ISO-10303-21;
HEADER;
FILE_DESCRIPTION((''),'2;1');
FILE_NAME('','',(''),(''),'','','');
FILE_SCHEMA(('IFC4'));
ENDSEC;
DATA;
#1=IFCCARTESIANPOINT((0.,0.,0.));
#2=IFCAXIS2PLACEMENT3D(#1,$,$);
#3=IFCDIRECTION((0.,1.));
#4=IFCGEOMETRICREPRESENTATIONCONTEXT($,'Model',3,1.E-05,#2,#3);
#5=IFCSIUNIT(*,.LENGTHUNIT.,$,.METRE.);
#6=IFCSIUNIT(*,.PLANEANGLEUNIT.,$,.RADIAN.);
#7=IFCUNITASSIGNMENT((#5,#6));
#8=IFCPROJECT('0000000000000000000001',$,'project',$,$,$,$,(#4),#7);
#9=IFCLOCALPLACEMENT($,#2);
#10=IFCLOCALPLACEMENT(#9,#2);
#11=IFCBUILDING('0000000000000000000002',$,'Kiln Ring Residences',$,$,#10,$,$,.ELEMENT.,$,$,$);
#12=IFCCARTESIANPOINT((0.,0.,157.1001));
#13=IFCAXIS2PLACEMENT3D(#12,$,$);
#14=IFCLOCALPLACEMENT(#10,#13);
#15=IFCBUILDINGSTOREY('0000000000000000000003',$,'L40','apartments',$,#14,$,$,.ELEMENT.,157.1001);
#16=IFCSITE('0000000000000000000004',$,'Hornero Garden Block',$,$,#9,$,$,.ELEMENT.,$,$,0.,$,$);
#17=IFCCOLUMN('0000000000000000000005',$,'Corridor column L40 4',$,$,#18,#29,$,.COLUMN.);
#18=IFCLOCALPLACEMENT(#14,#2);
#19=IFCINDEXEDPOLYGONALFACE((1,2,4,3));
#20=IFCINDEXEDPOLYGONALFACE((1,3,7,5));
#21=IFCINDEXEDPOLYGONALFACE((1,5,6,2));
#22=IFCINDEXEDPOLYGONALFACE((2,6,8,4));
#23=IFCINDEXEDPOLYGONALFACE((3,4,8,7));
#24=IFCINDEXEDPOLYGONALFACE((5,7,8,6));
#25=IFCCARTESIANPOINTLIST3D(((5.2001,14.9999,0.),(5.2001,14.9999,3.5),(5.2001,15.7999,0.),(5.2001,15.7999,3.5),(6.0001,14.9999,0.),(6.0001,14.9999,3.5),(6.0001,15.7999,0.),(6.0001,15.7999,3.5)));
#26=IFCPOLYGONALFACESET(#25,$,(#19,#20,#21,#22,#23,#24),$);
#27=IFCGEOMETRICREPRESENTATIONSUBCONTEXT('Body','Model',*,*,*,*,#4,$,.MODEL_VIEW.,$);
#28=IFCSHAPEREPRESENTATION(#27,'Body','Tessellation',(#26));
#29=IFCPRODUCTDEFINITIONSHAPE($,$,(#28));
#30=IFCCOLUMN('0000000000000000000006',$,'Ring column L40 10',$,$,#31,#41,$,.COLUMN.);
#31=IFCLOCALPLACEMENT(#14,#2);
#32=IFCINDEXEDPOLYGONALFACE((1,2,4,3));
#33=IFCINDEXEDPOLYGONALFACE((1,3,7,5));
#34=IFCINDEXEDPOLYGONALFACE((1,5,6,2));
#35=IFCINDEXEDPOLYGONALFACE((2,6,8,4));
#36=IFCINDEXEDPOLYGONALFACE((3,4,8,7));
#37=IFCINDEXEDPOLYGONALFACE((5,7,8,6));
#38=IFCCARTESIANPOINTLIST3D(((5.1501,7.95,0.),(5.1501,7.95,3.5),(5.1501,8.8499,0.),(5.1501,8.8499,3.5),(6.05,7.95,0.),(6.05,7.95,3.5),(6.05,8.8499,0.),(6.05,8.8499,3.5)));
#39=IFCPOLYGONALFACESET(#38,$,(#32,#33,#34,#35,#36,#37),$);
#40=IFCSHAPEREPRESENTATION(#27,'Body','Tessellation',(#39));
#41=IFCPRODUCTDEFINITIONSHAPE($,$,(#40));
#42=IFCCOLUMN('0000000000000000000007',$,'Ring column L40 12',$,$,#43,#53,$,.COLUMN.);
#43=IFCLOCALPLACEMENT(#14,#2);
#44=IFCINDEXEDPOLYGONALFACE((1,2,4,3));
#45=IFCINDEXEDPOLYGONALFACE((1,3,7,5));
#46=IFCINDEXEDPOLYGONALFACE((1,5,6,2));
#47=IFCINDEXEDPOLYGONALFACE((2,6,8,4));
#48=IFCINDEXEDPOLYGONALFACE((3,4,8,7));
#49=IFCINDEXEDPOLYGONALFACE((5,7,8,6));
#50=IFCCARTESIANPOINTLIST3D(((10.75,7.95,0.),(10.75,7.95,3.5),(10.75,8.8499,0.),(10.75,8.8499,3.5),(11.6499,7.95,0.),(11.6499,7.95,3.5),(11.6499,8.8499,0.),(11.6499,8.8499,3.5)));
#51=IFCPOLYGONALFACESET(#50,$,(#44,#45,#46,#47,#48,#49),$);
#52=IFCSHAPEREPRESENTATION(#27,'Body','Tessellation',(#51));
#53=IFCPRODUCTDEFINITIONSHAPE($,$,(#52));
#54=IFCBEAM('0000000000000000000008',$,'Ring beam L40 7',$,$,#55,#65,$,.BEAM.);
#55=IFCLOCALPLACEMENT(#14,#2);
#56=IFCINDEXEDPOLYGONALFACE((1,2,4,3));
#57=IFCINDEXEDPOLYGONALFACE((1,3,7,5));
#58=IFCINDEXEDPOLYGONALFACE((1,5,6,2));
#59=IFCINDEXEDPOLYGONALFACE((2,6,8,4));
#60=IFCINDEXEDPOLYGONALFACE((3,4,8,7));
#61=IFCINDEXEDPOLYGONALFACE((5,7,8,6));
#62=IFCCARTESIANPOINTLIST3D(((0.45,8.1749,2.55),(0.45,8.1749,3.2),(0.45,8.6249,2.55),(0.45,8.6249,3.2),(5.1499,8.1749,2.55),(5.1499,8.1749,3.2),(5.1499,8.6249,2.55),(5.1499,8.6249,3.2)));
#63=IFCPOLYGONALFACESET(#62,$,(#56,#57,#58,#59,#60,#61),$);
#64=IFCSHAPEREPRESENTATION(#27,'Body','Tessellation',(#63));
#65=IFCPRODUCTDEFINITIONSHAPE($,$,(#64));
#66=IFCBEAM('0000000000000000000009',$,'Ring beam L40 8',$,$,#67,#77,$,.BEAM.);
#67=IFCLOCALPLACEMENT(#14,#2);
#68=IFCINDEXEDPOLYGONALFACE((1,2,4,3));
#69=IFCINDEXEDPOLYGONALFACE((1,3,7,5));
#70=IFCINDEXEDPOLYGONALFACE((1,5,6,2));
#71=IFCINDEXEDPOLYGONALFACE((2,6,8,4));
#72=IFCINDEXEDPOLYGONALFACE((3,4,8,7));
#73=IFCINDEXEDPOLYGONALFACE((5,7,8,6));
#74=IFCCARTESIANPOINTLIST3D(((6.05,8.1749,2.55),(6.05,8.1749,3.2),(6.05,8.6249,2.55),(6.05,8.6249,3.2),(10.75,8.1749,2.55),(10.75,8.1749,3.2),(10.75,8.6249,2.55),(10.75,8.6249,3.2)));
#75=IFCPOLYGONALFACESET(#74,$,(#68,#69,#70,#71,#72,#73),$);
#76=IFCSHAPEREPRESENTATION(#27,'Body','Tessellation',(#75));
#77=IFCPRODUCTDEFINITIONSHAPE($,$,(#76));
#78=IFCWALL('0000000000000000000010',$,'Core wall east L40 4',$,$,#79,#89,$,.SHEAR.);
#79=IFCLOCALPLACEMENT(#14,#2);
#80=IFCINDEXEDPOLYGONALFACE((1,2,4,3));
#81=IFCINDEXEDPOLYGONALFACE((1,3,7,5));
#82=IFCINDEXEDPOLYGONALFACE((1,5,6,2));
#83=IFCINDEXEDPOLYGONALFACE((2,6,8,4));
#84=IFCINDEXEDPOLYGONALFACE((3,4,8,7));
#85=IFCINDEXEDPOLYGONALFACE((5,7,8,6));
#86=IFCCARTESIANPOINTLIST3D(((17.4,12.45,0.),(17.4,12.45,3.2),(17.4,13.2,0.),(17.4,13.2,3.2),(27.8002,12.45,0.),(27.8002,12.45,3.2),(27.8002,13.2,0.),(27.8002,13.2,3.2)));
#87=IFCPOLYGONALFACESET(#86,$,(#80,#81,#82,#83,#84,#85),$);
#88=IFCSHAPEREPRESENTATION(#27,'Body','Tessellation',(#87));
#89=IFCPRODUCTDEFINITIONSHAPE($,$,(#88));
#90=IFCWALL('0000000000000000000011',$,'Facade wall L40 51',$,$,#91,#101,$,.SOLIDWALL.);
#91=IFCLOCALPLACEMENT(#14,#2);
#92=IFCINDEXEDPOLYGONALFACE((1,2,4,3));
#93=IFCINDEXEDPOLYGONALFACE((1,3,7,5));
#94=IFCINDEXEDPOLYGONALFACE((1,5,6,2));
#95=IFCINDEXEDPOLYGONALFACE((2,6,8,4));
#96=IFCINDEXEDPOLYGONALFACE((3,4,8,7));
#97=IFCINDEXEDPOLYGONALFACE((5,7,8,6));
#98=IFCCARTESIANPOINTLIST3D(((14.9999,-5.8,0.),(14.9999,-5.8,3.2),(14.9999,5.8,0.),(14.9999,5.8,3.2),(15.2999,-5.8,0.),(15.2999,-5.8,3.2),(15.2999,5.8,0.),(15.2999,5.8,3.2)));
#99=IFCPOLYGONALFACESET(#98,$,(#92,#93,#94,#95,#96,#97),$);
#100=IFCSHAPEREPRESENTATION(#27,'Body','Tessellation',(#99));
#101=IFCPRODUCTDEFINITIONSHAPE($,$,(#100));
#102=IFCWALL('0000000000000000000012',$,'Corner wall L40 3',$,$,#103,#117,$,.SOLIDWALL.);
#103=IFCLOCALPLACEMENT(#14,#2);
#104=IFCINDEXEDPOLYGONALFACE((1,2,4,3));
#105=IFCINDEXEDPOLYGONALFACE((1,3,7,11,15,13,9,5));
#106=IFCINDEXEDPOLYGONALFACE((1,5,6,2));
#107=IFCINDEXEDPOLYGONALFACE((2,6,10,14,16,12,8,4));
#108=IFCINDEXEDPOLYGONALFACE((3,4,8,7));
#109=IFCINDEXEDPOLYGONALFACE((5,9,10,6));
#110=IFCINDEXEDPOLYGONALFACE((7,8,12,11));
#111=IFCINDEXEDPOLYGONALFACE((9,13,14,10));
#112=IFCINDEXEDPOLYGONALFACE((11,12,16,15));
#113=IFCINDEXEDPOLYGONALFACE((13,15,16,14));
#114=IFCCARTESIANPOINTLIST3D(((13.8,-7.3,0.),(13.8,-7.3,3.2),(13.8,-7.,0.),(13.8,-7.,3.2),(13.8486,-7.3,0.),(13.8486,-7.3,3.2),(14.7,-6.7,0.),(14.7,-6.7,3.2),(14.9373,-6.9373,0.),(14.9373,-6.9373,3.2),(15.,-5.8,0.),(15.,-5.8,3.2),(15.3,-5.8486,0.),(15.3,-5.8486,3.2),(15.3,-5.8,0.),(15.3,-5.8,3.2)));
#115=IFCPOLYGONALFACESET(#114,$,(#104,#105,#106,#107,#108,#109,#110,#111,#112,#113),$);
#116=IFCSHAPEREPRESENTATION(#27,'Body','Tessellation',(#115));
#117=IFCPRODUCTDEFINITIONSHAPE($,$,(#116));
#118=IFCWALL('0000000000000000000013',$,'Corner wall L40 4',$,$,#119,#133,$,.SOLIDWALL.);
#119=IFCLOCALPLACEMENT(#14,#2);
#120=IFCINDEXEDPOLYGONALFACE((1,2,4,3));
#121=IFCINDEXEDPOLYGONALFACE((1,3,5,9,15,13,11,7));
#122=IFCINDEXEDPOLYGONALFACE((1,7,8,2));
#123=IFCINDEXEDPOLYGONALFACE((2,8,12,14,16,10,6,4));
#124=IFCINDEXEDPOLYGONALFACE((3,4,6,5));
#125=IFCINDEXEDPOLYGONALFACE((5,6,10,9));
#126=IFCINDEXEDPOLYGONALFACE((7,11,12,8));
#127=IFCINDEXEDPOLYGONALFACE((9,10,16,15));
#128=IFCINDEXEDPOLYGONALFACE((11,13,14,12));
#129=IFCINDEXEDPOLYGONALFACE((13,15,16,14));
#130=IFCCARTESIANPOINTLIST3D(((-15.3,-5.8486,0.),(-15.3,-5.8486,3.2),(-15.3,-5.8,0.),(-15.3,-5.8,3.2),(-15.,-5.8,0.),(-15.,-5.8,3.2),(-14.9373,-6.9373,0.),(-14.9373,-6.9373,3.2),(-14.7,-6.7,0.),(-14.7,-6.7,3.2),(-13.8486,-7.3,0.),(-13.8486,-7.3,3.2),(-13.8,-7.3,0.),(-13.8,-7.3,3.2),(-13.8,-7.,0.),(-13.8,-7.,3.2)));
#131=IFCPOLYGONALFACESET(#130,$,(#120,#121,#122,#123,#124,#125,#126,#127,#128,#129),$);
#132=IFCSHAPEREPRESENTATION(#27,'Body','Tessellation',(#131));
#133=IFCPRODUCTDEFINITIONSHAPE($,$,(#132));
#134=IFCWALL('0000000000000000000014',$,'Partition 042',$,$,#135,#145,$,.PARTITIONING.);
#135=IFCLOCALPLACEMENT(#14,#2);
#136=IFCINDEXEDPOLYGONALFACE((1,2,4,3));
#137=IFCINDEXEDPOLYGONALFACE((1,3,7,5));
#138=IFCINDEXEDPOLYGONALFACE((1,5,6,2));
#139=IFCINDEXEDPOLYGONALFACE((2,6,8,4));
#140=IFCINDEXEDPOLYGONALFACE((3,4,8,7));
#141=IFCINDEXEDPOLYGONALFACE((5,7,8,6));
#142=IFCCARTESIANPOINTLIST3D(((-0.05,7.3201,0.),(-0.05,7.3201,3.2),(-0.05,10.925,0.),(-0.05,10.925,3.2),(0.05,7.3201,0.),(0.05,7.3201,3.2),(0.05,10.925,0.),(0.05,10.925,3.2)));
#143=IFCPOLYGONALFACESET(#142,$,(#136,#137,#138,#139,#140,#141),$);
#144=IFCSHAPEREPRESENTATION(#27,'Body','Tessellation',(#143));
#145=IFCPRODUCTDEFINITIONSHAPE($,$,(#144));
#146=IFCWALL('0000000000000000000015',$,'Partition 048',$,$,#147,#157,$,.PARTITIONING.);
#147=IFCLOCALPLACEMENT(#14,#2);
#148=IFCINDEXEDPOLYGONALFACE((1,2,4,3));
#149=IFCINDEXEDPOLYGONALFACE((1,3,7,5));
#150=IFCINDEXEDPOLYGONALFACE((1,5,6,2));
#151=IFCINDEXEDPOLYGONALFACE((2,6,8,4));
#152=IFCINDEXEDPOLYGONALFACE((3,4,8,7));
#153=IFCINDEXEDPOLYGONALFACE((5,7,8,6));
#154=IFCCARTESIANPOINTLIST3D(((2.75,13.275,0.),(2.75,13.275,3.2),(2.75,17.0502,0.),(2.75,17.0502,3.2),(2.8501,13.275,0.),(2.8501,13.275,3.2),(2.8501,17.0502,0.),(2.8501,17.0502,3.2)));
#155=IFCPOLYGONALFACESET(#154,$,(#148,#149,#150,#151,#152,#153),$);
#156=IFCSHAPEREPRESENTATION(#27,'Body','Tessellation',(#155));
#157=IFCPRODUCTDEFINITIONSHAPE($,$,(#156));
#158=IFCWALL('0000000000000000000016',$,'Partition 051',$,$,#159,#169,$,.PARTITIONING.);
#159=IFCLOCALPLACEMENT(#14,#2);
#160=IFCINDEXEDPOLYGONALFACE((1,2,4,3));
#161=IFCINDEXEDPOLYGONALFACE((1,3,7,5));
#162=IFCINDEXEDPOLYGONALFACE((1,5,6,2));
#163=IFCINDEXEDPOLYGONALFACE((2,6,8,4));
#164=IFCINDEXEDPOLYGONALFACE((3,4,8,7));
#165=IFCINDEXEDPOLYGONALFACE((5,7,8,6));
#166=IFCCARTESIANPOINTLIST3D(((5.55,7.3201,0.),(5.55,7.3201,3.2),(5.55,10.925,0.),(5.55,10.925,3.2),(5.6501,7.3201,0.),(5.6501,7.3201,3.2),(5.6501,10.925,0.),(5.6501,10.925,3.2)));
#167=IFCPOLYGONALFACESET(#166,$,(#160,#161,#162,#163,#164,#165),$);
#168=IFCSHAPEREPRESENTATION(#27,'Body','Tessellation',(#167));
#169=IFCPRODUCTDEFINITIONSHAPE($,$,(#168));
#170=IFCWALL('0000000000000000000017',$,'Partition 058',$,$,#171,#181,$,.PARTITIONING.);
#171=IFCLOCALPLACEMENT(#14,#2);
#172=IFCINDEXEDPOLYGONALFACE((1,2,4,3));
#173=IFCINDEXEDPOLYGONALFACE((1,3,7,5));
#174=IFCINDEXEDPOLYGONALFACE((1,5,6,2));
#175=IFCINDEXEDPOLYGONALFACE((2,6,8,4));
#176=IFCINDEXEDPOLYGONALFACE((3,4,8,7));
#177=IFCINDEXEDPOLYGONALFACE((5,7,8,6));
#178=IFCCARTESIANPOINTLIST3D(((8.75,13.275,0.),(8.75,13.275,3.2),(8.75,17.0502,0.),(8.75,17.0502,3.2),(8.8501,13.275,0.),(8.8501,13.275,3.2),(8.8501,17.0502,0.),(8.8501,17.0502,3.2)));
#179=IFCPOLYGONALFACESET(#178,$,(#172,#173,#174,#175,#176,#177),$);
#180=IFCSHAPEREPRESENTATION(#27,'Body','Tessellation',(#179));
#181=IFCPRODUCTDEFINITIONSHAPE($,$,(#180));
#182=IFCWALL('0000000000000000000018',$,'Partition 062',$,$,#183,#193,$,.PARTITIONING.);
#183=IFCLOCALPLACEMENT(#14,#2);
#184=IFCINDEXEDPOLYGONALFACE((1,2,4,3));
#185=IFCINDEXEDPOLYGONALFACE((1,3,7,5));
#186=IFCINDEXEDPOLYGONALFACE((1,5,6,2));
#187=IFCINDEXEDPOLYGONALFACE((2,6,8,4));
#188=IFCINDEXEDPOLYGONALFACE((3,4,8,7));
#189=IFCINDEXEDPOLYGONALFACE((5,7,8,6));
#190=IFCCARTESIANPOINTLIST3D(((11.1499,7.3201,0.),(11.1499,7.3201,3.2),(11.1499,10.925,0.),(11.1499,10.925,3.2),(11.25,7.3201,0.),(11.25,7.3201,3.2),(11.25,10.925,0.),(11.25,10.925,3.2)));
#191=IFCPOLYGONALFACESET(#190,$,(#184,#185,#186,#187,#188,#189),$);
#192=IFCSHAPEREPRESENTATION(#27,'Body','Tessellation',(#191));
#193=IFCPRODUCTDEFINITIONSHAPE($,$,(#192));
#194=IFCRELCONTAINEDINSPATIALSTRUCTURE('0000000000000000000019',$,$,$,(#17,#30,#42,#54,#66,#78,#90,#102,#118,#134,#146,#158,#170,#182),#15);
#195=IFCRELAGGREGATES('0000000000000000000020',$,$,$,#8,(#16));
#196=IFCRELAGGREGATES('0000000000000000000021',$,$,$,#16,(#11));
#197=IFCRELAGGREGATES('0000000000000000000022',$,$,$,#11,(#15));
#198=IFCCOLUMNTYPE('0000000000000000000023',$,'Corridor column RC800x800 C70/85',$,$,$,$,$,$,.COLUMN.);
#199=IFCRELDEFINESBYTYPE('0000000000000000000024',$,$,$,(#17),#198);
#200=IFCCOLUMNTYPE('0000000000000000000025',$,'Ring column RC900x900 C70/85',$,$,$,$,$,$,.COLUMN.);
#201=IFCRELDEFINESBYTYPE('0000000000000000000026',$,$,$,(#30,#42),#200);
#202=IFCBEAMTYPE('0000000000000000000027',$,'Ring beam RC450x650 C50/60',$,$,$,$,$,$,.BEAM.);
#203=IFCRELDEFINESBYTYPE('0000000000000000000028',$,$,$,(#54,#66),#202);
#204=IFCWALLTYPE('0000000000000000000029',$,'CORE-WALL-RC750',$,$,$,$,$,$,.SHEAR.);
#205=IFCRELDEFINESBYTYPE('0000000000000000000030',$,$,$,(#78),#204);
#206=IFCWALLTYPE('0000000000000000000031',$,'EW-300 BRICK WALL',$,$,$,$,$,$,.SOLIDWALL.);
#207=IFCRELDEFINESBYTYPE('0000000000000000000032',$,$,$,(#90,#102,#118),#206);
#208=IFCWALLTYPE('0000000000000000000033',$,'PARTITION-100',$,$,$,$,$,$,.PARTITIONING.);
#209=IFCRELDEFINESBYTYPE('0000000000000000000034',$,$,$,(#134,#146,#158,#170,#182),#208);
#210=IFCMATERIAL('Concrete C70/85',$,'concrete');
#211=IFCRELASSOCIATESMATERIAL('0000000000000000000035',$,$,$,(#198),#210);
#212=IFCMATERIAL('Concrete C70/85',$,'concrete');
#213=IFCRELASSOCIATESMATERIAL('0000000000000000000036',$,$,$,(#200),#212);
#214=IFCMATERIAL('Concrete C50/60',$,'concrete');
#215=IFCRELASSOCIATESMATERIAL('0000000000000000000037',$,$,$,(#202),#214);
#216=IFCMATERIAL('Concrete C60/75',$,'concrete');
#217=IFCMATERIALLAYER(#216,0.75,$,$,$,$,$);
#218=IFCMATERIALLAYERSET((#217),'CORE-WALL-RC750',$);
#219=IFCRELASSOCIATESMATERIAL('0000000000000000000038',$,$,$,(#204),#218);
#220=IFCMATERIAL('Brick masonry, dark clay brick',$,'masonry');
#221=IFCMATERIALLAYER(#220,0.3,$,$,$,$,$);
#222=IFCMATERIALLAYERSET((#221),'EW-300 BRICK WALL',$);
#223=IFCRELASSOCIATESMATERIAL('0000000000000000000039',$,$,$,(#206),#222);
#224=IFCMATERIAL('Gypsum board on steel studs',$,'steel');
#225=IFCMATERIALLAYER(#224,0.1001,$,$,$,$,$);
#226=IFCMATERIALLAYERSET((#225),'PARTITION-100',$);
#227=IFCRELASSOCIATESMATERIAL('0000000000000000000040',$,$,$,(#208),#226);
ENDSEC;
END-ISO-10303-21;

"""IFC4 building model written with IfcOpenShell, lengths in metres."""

from ifc_helpers import new_model, si_unit, direction, frame, frame_2d, origin, origin_2d, place, context, subcontext, project, spatial, polyline, rectangle, outline, extrude, material, layer, layer_set, material_profile, profile_set, type_object, element, save


model = new_model("IFC4")

# Units and contexts
model_context = context("Model", 3, precision=1e-05, world=origin(), true_north=direction((0.0, 1.0)))
body_context = subcontext(model_context, "Body", "Model", "MODEL_VIEW")
ifc_project = project(units=[si_unit("LENGTHUNIT", "METRE"), si_unit("PLANEANGLEUNIT", "RADIAN")], contexts=[model_context])

# Site, building, storey
site_placement = place(None, origin())
site = spatial("IfcSite", under=ifc_project, at=site_placement, Name="Hornero Garden Block", CompositionType="ELEMENT", RefElevation=0.0)
building_placement = place(site_placement, origin())
building = spatial("IfcBuilding", under=site, at=building_placement, Name="Kiln Ring Residences", CompositionType="ELEMENT")
storey_placement = place(building_placement, frame((0.0, 0.0, 157.1001)))
storey = spatial("IfcBuildingStorey", under=building, at=storey_placement, Name="L40", Description="apartments", CompositionType="ELEMENT", Elevation=157.1001)

# Columns
ifc_material_1 = material(Name="Concrete C70/85", Category="concrete")
ifc_material_profile_1 = material_profile(ifc_material_1, rectangle(XDim=0.8, YDim=0.8, at=origin_2d()), Name="RC800x800")
ifc_profile_set_1 = profile_set([ifc_material_profile_1], Name="Concrete C70/85")
column_type_1 = type_object("IfcColumnType", Name="Corridor column RC800x800 C70/85", PredefinedType="COLUMN", material=ifc_profile_set_1)
column_placement = place(storey_placement, frame((5.6001, 15.3999, 0.0), z_axis=(0.0, 0.0, 1.0), x_axis=(1.0, 0.0, 0.0)))
element("IfcColumn", 1, at=column_placement, inside=storey, type_object=column_type_1, Name="Corridor column L40 4", PredefinedType="COLUMN", context=body_context, shape_type="SweptSolid", body=[
    extrude(rectangle(XDim=0.8, YDim=0.8, at=origin_2d()), origin(), (0.0, 0.0, 1.0), 3.5),
])
ifc_material_2 = material(Name="Concrete C70/85", Category="concrete")
ifc_material_profile_2 = material_profile(ifc_material_2, rectangle(XDim=0.8999, YDim=0.8999, at=origin_2d()), Name="RC900x900")
ifc_profile_set_2 = profile_set([ifc_material_profile_2], Name="Concrete C70/85")
column_type_2 = type_object("IfcColumnType", Name="Ring column RC900x900 C70/85", PredefinedType="COLUMN", material=ifc_profile_set_2)
for number, where, z_axis, x_axis, name in (
    (2, (5.6001, 8.3999, 0.0), (0.0, 0.0, 1.0), (1.0, 0.0, 0.0), "Ring column L40 10"),
    (3, (11.2, 8.3999, 0.0), (0.0, 0.0, 1.0), (1.0, 0.0, 0.0), "Ring column L40 12"),
):
    element("IfcColumn", number, at=place(storey_placement, frame(where, z_axis=z_axis, x_axis=x_axis)), inside=storey, type_object=column_type_2, Name=name, PredefinedType="COLUMN", context=body_context, shape_type="SweptSolid", body=[
        extrude(rectangle(XDim=0.8999, YDim=0.8999, at=origin_2d()), origin(), (0.0, 0.0, 1.0), 3.5),
    ])

# Beams
ifc_material_3 = material(Name="Concrete C50/60", Category="concrete")
ifc_material_profile_3 = material_profile(ifc_material_3, rectangle(XDim=0.45, YDim=0.6499, at=origin_2d()), Name="RC450x650")
ifc_profile_set_3 = profile_set([ifc_material_profile_3], Name="Concrete C50/60")
beam_type = type_object("IfcBeamType", Name="Ring beam RC450x650 C50/60", PredefinedType="BEAM", material=ifc_profile_set_3)
for number, where, z_axis, x_axis, name in (
    (4, (0.45, 8.3999, 2.875), (1.0, 0.0, 0.0), (0.0, 1.0, 0.0), "Ring beam L40 7"),
    (5, (6.05, 8.3999, 2.875), (1.0, 0.0, 0.0), (0.0, 1.0, 0.0), "Ring beam L40 8"),
):
    element("IfcBeam", number, at=place(storey_placement, frame(where, z_axis=z_axis, x_axis=x_axis)), inside=storey, type_object=beam_type, Name=name, PredefinedType="BEAM", context=body_context, shape_type="SweptSolid", body=[
        extrude(rectangle(XDim=0.45, YDim=0.6499, at=origin_2d()), origin(), (0.0, 0.0, 1.0), 4.7),
    ])

# Walls
ifc_material_4 = material(Name="Concrete C60/75", Category="concrete")
ifc_layer_1 = layer(ifc_material_4, 0.75)
ifc_layer_set_1 = layer_set([ifc_layer_1], Name="CORE-WALL-RC750")
wall_type_1 = type_object("IfcWallType", Name="CORE-WALL-RC750", PredefinedType="SHEAR", material=ifc_layer_set_1)
wall_1_placement = place(storey_placement, frame((17.3999, 12.825, 0.0), z_axis=(0.0, 0.0, 1.0), x_axis=(1.0, 0.0, 0.0)))
element("IfcWall", 6, at=wall_1_placement, inside=storey, type_object=wall_type_1, Name="Core wall east L40 4", PredefinedType="SHEAR", context=body_context, shape_type="SweptSolid", body=[
    extrude(rectangle(XDim=10.4001, YDim=0.75, at=frame_2d((5.2002, 0.0))), origin(), (0.0, 0.0, 1.0), 3.2),
])
ifc_material_5 = material(Name="Brick masonry, dark clay brick", Category="masonry")
ifc_layer_2 = layer(ifc_material_5, 0.3)
ifc_layer_set_2 = layer_set([ifc_layer_2], Name="EW-300 BRICK WALL")
wall_type_2 = type_object("IfcWallType", Name="EW-300 BRICK WALL", PredefinedType="SOLIDWALL", material=ifc_layer_set_2)
wall_2_placement = place(storey_placement, frame((15.1499, 5.8, 0.0), z_axis=(0.0, 0.0, 1.0), x_axis=(0.0, -1.0, 0.0)))
element("IfcWall", 7, at=wall_2_placement, inside=storey, type_object=wall_type_2, Name="Facade wall L40 51", PredefinedType="SOLIDWALL", context=body_context, shape_type="SweptSolid", body=[
    extrude(rectangle(XDim=11.6001, YDim=0.3, at=frame_2d((5.8, 0.0))), origin(), (0.0, 0.0, 1.0), 3.2),
])
placement = place(storey_placement, origin())
element("IfcWall", 8, at=placement, inside=storey, type_object=wall_type_2, Name="Corner wall L40 3", PredefinedType="SOLIDWALL", context=body_context, shape_type="SweptSolid", body=[
    extrude(outline(polyline([(14.9373, -6.9373), (15.3, -5.8486), (15.3, -5.8), (15.0, -5.8), (14.7, -6.7), (13.8, -7.0), (13.8, -7.3), (13.8486, -7.3), (14.9373, -6.9373)])), origin(), (0.0, 0.0, 1.0), 3.2),
])
element("IfcWall", 9, at=placement, inside=storey, type_object=wall_type_2, Name="Corner wall L40 4", PredefinedType="SOLIDWALL", context=body_context, shape_type="SweptSolid", body=[
    extrude(outline(polyline([(-14.9373, -6.9373), (-13.8486, -7.3), (-13.8, -7.3), (-13.8, -7.0), (-14.7, -6.7), (-15.0, -5.8), (-15.3, -5.8), (-15.3, -5.8486), (-14.9373, -6.9373)])), origin(), (0.0, 0.0, 1.0), 3.2),
])
ifc_material_6 = material(Name="Gypsum board on steel studs", Category="steel")
ifc_layer_3 = layer(ifc_material_6, 0.1001)
ifc_layer_set_3 = layer_set([ifc_layer_3], Name="PARTITION-100")
wall_type_3 = type_object("IfcWallType", Name="PARTITION-100", PredefinedType="PARTITIONING", material=ifc_layer_set_3)
wall_3_placement = place(storey_placement, frame((0.0, 7.3201, 0.0), z_axis=(0.0, 0.0, 1.0), x_axis=(0.0, 1.0, 0.0)))
element("IfcWall", 10, at=wall_3_placement, inside=storey, type_object=wall_type_3, Name="Partition 042", PredefinedType="PARTITIONING", context=body_context, shape_type="SweptSolid", body=[
    extrude(rectangle(XDim=3.605, YDim=0.1001, at=frame_2d((1.8025, 0.0))), origin(), (0.0, 0.0, 1.0), 3.2),
])
wall_4_placement = place(storey_placement, frame((2.8, 13.2749, 0.0), z_axis=(0.0, 0.0, 1.0), x_axis=(0.0, 1.0, 0.0)))
element("IfcWall", 11, at=wall_4_placement, inside=storey, type_object=wall_type_3, Name="Partition 048", PredefinedType="PARTITIONING", context=body_context, shape_type="SweptSolid", body=[
    extrude(rectangle(XDim=3.7751, YDim=0.1001, at=frame_2d((1.8877, 0.0))), origin(), (0.0, 0.0, 1.0), 3.2),
])
wall_5_placement = place(storey_placement, frame((5.6001, 7.3201, 0.0), z_axis=(0.0, 0.0, 1.0), x_axis=(0.0, 1.0, 0.0)))
element("IfcWall", 12, at=wall_5_placement, inside=storey, type_object=wall_type_3, Name="Partition 051", PredefinedType="PARTITIONING", context=body_context, shape_type="SweptSolid", body=[
    extrude(rectangle(XDim=3.605, YDim=0.1001, at=frame_2d((1.8025, 0.0))), origin(), (0.0, 0.0, 1.0), 3.2),
])
wall_6_placement = place(storey_placement, frame((8.8, 13.2749, 0.0), z_axis=(0.0, 0.0, 1.0), x_axis=(0.0, 1.0, 0.0)))
element("IfcWall", 13, at=wall_6_placement, inside=storey, type_object=wall_type_3, Name="Partition 058", PredefinedType="PARTITIONING", context=body_context, shape_type="SweptSolid", body=[
    extrude(rectangle(XDim=3.7751, YDim=0.1001, at=frame_2d((1.8877, 0.0))), origin(), (0.0, 0.0, 1.0), 3.2),
])
wall_7_placement = place(storey_placement, frame((11.2, 7.3201, 0.0), z_axis=(0.0, 0.0, 1.0), x_axis=(0.0, 1.0, 0.0)))
element("IfcWall", 14, at=wall_7_placement, inside=storey, type_object=wall_type_3, Name="Partition 062", PredefinedType="PARTITIONING", context=body_context, shape_type="SweptSolid", body=[
    extrude(rectangle(XDim=3.605, YDim=0.1001, at=frame_2d((1.8025, 0.0))), origin(), (0.0, 0.0, 1.0), 3.2),
])

save(model, "model.ifc")
